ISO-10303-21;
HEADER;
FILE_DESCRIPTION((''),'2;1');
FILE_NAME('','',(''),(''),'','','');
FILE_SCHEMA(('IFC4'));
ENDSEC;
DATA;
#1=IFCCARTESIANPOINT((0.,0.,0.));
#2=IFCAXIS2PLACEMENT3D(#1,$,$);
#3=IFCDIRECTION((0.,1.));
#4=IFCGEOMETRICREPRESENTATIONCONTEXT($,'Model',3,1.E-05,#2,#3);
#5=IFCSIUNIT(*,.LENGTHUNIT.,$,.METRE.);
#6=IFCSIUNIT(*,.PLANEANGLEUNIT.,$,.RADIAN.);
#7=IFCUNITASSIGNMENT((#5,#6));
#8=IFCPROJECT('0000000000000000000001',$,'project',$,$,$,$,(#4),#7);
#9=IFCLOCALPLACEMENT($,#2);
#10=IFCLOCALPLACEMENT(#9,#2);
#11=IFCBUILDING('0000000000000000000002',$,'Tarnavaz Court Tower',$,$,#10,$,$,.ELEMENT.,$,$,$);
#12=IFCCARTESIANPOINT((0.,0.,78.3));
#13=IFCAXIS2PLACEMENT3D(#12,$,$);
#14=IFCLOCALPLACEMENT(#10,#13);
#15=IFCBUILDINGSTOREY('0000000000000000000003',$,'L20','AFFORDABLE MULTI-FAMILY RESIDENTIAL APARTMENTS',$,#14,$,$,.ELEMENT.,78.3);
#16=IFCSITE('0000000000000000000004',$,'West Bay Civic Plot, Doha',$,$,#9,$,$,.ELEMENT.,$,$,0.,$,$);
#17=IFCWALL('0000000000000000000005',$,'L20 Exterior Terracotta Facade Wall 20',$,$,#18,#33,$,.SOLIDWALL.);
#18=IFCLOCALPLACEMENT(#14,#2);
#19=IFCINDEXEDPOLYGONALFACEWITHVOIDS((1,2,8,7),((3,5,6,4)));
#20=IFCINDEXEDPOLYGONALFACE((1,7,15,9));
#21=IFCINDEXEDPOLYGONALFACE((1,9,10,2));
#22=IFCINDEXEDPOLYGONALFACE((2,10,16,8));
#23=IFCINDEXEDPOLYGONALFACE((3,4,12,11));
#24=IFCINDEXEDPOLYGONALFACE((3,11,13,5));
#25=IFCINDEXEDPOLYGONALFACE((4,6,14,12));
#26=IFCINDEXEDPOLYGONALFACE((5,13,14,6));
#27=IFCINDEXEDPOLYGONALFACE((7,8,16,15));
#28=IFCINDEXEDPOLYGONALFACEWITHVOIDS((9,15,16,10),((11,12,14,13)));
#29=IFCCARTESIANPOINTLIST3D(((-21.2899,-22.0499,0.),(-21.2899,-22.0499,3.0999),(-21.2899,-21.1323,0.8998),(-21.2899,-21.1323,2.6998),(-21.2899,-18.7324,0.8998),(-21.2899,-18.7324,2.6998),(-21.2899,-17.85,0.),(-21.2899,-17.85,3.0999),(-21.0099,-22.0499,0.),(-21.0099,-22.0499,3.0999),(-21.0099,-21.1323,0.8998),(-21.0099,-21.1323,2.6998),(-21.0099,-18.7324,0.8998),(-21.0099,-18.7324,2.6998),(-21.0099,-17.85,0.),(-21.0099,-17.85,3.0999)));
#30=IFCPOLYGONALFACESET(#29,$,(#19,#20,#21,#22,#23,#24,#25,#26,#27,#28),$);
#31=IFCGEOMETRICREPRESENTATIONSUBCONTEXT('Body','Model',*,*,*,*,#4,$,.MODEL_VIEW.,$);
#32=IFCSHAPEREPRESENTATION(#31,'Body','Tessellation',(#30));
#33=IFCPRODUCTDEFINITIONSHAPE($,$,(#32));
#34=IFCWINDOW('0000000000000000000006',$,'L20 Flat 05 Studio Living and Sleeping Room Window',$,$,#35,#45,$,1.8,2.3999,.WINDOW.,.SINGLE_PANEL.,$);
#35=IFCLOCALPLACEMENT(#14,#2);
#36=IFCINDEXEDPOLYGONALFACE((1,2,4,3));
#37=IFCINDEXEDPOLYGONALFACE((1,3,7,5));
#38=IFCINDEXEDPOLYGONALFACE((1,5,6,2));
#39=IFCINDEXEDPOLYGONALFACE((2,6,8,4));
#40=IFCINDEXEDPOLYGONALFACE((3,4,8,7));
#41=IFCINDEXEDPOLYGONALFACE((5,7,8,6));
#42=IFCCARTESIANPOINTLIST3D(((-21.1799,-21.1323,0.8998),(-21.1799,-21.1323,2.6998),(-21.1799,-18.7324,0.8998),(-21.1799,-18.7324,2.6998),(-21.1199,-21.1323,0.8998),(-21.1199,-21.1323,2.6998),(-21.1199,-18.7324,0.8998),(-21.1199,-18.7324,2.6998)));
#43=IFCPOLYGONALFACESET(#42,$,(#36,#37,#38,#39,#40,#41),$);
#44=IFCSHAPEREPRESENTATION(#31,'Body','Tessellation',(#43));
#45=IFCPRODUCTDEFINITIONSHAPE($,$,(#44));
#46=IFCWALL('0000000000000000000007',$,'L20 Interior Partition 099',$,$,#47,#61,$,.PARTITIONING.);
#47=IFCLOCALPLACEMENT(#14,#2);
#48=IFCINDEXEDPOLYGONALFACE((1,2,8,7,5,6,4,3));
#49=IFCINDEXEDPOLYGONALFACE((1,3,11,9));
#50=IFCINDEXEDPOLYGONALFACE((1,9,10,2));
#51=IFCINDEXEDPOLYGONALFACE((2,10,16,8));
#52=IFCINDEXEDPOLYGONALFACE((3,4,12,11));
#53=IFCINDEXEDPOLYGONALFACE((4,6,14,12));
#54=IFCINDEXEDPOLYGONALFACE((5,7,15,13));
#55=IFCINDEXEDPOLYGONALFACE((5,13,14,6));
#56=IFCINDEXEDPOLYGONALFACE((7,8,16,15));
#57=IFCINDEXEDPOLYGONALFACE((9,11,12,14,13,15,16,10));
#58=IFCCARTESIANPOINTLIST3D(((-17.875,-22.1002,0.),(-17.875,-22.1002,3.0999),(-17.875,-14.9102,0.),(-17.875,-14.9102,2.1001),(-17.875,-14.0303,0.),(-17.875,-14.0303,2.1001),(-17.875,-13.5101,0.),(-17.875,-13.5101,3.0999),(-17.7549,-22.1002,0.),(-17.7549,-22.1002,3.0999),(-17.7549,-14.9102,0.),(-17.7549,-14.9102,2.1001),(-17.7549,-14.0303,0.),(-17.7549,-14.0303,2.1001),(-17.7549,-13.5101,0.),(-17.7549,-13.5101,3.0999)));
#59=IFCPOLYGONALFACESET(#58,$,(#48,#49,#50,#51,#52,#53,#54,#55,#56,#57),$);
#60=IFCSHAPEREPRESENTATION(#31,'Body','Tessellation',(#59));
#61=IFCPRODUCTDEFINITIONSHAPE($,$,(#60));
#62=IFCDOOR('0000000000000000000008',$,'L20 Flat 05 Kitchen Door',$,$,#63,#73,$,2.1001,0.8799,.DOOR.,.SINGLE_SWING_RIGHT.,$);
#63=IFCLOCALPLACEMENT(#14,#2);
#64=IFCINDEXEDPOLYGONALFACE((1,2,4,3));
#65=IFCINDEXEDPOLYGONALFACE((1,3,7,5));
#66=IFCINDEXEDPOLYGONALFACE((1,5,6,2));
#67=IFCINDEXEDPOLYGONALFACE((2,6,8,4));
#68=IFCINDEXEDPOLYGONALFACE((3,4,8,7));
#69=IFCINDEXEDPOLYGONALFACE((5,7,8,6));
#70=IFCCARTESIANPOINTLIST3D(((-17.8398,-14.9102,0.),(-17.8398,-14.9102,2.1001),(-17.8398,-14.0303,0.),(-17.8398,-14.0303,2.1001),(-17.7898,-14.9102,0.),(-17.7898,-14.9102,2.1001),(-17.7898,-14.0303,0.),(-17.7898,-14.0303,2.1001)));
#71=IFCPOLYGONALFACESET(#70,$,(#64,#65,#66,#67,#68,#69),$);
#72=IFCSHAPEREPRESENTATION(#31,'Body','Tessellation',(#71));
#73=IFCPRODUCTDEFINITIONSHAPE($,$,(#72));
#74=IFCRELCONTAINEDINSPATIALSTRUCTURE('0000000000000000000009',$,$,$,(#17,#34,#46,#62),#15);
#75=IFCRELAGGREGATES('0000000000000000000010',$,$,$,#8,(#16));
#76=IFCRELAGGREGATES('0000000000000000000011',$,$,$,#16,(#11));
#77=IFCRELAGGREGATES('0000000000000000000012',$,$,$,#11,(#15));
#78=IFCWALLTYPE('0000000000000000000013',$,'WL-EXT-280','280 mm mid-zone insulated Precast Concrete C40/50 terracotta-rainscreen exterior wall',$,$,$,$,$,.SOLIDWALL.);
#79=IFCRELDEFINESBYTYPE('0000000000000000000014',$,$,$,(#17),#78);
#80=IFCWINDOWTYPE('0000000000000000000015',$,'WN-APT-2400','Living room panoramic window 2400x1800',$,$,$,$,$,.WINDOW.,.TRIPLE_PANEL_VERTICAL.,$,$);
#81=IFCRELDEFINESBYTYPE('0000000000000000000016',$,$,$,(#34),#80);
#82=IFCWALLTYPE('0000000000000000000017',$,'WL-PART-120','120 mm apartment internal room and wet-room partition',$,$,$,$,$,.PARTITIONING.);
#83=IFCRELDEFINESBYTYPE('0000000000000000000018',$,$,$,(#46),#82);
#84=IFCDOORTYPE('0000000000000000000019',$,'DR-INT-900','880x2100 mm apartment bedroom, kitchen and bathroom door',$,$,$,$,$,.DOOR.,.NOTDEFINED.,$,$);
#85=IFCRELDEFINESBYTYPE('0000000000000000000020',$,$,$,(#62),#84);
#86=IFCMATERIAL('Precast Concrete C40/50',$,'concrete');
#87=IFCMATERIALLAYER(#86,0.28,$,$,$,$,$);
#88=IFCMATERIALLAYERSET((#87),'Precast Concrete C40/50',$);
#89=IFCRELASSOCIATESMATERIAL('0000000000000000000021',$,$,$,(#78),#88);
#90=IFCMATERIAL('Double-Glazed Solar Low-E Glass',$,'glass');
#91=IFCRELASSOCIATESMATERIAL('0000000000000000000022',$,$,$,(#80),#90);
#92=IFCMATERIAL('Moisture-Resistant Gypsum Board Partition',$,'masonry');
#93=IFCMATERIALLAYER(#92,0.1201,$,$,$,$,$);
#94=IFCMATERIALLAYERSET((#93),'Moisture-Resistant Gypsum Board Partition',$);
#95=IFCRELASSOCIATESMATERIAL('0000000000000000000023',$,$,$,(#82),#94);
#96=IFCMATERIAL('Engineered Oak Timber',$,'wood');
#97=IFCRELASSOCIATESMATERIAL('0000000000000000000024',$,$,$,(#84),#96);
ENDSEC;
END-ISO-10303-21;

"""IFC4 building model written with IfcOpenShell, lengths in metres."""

from ifc_helpers import new_model, si_unit, direction, frame, frame_2d, origin, place, context, subcontext, project, spatial, rectangle, extrude, material, layer, layer_set, type_object, element, fill, save


model = new_model("IFC4")

# Units and contexts
model_context = context("Model", 3, precision=1e-05, world=origin(), true_north=direction((0.0, 1.0)))
body_context = subcontext(model_context, "Body", "Model", "MODEL_VIEW")
ifc_project = project(units=[si_unit("LENGTHUNIT", "METRE"), si_unit("PLANEANGLEUNIT", "RADIAN")], contexts=[model_context])

# Site, building, storey
site_placement = place(None, origin())
site = spatial("IfcSite", under=ifc_project, at=site_placement, Name="West Bay Civic Plot, Doha", CompositionType="ELEMENT", RefElevation=0.0)
building_placement = place(site_placement, origin())
building = spatial("IfcBuilding", under=site, at=building_placement, Name="Tarnavaz Court Tower", CompositionType="ELEMENT")
storey_placement = place(building_placement, frame((0.0, 0.0, 78.3)))
storey = spatial("IfcBuildingStorey", under=building, at=storey_placement, Name="L20", Description="AFFORDABLE MULTI-FAMILY RESIDENTIAL APARTMENTS", CompositionType="ELEMENT", Elevation=78.3)

# Shared definitions
ifc_material_1 = material(Name="Precast Concrete C40/50", Category="concrete")
ifc_layer_1 = layer(ifc_material_1, 0.28)
ifc_layer_set_1 = layer_set([ifc_layer_1], Name="Precast Concrete C40/50")
wall_type_1 = type_object("IfcWallType", Name="WL-EXT-280", Description="280 mm mid-zone insulated Precast Concrete C40/50 terracotta-rainscreen exterior wall", PredefinedType="SOLIDWALL", material=ifc_layer_set_1)
ifc_material_2 = material(Name="Double-Glazed Solar Low-E Glass", Category="glass")
window_type_1 = type_object("IfcWindowType", Name="WN-APT-2400", Description="Living room panoramic window 2400x1800", PartitioningType="TRIPLE_PANEL_VERTICAL", PredefinedType="WINDOW", material=ifc_material_2)

# Wall, opening, window
wall_1_placement = place(storey_placement, frame((-21.1499, -22.05, 0.0), z_axis=(0.0, 0.0, 1.0), x_axis=(0.0, 1.0, 0.0)))
wall_1 = element("IfcWall", 1, at=wall_1_placement, inside=storey, type_object=wall_type_1, Name="L20 Exterior Terracotta Facade Wall 20", PredefinedType="SOLIDWALL", context=body_context, shape_type="SweptSolid", body=[
    extrude(rectangle(XDim=4.2, YDim=0.28, at=frame_2d((2.1001, 0.0))), origin(), (0.0, 0.0, 1.0), 3.0999),
])
opening_1_placement = place(wall_1_placement, frame((0.9177, 0.0, 0.8999)))
opening_1 = element("IfcOpeningElement", 2, at=opening_1_placement, cuts=wall_1, PredefinedType="OPENING", context=body_context, shape_type="SweptSolid", body=[
    extrude(rectangle(XDim=2.3999, YDim=1.8, at=frame_2d((1.2, 0.8999))), frame((0.0, 0.1499, 0.0), z_axis=(0.0, -1.0, 0.0), x_axis=(1.0, 0.0, 0.0)), (0.0, 0.0, 1.0), 0.3),
])
window_1_placement = place(opening_1_placement, origin())
window_1 = element("IfcWindow", 3, at=window_1_placement, inside=storey, type_object=window_type_1, Name="L20 Flat 05 Studio Living and Sleeping Room Window", OverallHeight=1.8, OverallWidth=2.3999, PartitioningType="SINGLE_PANEL", PredefinedType="WINDOW", context=body_context, shape_type="SweptSolid", body=[
    extrude(rectangle(XDim=2.3999, YDim=1.8, at=frame_2d((1.2, 0.8999))), frame((0.0, 0.03, 0.0), z_axis=(0.0, -1.0, 0.0), x_axis=(1.0, 0.0, 0.0)), (0.0, 0.0, 1.0), 0.0601),
])
fill(opening_1, window_1)

# Wall, opening, door
ifc_material_3 = material(Name="Moisture-Resistant Gypsum Board Partition", Category="masonry")
ifc_layer_2 = layer(ifc_material_3, 0.1201)
ifc_layer_set_2 = layer_set([ifc_layer_2], Name="Moisture-Resistant Gypsum Board Partition")
wall_type_2 = type_object("IfcWallType", Name="WL-PART-120", Description="120 mm apartment internal room and wet-room partition", PredefinedType="PARTITIONING", material=ifc_layer_set_2)
wall_2_placement = place(storey_placement, frame((-17.8149, -22.1001, 0.0), z_axis=(0.0, 0.0, 1.0), x_axis=(0.0, 1.0, 0.0)))
wall_2 = element("IfcWall", 4, at=wall_2_placement, inside=storey, type_object=wall_type_2, Name="L20 Interior Partition 099", PredefinedType="PARTITIONING", context=body_context, shape_type="SweptSolid", body=[
    extrude(rectangle(XDim=8.5901, YDim=0.1201, at=frame_2d((4.2949, 0.0))), origin(), (0.0, 0.0, 1.0), 3.0999),
])
opening_2_placement = place(wall_2_placement, frame((7.1899, 0.0, 0.0)))
opening_2 = element("IfcOpeningElement", 5, at=opening_2_placement, cuts=wall_2, PredefinedType="OPENING", context=body_context, shape_type="SweptSolid", body=[
    extrude(rectangle(XDim=0.8799, YDim=2.1001, at=frame_2d((0.4399, 1.05))), frame((0.0, 0.0701, 0.0), z_axis=(0.0, -1.0, 0.0), x_axis=(1.0, 0.0, 0.0)), (0.0, 0.0, 1.0), 0.1401),
])
ifc_material_4 = material(Name="Engineered Oak Timber", Category="wood")
door_type = type_object("IfcDoorType", Name="DR-INT-900", Description="880x2100 mm apartment bedroom, kitchen and bathroom door", OperationType="NOTDEFINED", PredefinedType="DOOR", material=ifc_material_4)
door_placement = place(opening_2_placement, origin())
door = element("IfcDoor", 6, at=door_placement, inside=storey, type_object=door_type, Name="L20 Flat 05 Kitchen Door", OperationType="SINGLE_SWING_RIGHT", OverallHeight=2.1001, OverallWidth=0.8799, PredefinedType="DOOR", context=body_context, shape_type="SweptSolid", body=[
    extrude(rectangle(XDim=0.8799, YDim=2.1001, at=frame_2d((0.4399, 1.05))), frame((0.0, 0.0249, 0.0), z_axis=(0.0, -1.0, 0.0), x_axis=(1.0, 0.0, 0.0)), (0.0, 0.0, 1.0), 0.05),
])
fill(opening_2, door)

save(model, "model.ifc")
